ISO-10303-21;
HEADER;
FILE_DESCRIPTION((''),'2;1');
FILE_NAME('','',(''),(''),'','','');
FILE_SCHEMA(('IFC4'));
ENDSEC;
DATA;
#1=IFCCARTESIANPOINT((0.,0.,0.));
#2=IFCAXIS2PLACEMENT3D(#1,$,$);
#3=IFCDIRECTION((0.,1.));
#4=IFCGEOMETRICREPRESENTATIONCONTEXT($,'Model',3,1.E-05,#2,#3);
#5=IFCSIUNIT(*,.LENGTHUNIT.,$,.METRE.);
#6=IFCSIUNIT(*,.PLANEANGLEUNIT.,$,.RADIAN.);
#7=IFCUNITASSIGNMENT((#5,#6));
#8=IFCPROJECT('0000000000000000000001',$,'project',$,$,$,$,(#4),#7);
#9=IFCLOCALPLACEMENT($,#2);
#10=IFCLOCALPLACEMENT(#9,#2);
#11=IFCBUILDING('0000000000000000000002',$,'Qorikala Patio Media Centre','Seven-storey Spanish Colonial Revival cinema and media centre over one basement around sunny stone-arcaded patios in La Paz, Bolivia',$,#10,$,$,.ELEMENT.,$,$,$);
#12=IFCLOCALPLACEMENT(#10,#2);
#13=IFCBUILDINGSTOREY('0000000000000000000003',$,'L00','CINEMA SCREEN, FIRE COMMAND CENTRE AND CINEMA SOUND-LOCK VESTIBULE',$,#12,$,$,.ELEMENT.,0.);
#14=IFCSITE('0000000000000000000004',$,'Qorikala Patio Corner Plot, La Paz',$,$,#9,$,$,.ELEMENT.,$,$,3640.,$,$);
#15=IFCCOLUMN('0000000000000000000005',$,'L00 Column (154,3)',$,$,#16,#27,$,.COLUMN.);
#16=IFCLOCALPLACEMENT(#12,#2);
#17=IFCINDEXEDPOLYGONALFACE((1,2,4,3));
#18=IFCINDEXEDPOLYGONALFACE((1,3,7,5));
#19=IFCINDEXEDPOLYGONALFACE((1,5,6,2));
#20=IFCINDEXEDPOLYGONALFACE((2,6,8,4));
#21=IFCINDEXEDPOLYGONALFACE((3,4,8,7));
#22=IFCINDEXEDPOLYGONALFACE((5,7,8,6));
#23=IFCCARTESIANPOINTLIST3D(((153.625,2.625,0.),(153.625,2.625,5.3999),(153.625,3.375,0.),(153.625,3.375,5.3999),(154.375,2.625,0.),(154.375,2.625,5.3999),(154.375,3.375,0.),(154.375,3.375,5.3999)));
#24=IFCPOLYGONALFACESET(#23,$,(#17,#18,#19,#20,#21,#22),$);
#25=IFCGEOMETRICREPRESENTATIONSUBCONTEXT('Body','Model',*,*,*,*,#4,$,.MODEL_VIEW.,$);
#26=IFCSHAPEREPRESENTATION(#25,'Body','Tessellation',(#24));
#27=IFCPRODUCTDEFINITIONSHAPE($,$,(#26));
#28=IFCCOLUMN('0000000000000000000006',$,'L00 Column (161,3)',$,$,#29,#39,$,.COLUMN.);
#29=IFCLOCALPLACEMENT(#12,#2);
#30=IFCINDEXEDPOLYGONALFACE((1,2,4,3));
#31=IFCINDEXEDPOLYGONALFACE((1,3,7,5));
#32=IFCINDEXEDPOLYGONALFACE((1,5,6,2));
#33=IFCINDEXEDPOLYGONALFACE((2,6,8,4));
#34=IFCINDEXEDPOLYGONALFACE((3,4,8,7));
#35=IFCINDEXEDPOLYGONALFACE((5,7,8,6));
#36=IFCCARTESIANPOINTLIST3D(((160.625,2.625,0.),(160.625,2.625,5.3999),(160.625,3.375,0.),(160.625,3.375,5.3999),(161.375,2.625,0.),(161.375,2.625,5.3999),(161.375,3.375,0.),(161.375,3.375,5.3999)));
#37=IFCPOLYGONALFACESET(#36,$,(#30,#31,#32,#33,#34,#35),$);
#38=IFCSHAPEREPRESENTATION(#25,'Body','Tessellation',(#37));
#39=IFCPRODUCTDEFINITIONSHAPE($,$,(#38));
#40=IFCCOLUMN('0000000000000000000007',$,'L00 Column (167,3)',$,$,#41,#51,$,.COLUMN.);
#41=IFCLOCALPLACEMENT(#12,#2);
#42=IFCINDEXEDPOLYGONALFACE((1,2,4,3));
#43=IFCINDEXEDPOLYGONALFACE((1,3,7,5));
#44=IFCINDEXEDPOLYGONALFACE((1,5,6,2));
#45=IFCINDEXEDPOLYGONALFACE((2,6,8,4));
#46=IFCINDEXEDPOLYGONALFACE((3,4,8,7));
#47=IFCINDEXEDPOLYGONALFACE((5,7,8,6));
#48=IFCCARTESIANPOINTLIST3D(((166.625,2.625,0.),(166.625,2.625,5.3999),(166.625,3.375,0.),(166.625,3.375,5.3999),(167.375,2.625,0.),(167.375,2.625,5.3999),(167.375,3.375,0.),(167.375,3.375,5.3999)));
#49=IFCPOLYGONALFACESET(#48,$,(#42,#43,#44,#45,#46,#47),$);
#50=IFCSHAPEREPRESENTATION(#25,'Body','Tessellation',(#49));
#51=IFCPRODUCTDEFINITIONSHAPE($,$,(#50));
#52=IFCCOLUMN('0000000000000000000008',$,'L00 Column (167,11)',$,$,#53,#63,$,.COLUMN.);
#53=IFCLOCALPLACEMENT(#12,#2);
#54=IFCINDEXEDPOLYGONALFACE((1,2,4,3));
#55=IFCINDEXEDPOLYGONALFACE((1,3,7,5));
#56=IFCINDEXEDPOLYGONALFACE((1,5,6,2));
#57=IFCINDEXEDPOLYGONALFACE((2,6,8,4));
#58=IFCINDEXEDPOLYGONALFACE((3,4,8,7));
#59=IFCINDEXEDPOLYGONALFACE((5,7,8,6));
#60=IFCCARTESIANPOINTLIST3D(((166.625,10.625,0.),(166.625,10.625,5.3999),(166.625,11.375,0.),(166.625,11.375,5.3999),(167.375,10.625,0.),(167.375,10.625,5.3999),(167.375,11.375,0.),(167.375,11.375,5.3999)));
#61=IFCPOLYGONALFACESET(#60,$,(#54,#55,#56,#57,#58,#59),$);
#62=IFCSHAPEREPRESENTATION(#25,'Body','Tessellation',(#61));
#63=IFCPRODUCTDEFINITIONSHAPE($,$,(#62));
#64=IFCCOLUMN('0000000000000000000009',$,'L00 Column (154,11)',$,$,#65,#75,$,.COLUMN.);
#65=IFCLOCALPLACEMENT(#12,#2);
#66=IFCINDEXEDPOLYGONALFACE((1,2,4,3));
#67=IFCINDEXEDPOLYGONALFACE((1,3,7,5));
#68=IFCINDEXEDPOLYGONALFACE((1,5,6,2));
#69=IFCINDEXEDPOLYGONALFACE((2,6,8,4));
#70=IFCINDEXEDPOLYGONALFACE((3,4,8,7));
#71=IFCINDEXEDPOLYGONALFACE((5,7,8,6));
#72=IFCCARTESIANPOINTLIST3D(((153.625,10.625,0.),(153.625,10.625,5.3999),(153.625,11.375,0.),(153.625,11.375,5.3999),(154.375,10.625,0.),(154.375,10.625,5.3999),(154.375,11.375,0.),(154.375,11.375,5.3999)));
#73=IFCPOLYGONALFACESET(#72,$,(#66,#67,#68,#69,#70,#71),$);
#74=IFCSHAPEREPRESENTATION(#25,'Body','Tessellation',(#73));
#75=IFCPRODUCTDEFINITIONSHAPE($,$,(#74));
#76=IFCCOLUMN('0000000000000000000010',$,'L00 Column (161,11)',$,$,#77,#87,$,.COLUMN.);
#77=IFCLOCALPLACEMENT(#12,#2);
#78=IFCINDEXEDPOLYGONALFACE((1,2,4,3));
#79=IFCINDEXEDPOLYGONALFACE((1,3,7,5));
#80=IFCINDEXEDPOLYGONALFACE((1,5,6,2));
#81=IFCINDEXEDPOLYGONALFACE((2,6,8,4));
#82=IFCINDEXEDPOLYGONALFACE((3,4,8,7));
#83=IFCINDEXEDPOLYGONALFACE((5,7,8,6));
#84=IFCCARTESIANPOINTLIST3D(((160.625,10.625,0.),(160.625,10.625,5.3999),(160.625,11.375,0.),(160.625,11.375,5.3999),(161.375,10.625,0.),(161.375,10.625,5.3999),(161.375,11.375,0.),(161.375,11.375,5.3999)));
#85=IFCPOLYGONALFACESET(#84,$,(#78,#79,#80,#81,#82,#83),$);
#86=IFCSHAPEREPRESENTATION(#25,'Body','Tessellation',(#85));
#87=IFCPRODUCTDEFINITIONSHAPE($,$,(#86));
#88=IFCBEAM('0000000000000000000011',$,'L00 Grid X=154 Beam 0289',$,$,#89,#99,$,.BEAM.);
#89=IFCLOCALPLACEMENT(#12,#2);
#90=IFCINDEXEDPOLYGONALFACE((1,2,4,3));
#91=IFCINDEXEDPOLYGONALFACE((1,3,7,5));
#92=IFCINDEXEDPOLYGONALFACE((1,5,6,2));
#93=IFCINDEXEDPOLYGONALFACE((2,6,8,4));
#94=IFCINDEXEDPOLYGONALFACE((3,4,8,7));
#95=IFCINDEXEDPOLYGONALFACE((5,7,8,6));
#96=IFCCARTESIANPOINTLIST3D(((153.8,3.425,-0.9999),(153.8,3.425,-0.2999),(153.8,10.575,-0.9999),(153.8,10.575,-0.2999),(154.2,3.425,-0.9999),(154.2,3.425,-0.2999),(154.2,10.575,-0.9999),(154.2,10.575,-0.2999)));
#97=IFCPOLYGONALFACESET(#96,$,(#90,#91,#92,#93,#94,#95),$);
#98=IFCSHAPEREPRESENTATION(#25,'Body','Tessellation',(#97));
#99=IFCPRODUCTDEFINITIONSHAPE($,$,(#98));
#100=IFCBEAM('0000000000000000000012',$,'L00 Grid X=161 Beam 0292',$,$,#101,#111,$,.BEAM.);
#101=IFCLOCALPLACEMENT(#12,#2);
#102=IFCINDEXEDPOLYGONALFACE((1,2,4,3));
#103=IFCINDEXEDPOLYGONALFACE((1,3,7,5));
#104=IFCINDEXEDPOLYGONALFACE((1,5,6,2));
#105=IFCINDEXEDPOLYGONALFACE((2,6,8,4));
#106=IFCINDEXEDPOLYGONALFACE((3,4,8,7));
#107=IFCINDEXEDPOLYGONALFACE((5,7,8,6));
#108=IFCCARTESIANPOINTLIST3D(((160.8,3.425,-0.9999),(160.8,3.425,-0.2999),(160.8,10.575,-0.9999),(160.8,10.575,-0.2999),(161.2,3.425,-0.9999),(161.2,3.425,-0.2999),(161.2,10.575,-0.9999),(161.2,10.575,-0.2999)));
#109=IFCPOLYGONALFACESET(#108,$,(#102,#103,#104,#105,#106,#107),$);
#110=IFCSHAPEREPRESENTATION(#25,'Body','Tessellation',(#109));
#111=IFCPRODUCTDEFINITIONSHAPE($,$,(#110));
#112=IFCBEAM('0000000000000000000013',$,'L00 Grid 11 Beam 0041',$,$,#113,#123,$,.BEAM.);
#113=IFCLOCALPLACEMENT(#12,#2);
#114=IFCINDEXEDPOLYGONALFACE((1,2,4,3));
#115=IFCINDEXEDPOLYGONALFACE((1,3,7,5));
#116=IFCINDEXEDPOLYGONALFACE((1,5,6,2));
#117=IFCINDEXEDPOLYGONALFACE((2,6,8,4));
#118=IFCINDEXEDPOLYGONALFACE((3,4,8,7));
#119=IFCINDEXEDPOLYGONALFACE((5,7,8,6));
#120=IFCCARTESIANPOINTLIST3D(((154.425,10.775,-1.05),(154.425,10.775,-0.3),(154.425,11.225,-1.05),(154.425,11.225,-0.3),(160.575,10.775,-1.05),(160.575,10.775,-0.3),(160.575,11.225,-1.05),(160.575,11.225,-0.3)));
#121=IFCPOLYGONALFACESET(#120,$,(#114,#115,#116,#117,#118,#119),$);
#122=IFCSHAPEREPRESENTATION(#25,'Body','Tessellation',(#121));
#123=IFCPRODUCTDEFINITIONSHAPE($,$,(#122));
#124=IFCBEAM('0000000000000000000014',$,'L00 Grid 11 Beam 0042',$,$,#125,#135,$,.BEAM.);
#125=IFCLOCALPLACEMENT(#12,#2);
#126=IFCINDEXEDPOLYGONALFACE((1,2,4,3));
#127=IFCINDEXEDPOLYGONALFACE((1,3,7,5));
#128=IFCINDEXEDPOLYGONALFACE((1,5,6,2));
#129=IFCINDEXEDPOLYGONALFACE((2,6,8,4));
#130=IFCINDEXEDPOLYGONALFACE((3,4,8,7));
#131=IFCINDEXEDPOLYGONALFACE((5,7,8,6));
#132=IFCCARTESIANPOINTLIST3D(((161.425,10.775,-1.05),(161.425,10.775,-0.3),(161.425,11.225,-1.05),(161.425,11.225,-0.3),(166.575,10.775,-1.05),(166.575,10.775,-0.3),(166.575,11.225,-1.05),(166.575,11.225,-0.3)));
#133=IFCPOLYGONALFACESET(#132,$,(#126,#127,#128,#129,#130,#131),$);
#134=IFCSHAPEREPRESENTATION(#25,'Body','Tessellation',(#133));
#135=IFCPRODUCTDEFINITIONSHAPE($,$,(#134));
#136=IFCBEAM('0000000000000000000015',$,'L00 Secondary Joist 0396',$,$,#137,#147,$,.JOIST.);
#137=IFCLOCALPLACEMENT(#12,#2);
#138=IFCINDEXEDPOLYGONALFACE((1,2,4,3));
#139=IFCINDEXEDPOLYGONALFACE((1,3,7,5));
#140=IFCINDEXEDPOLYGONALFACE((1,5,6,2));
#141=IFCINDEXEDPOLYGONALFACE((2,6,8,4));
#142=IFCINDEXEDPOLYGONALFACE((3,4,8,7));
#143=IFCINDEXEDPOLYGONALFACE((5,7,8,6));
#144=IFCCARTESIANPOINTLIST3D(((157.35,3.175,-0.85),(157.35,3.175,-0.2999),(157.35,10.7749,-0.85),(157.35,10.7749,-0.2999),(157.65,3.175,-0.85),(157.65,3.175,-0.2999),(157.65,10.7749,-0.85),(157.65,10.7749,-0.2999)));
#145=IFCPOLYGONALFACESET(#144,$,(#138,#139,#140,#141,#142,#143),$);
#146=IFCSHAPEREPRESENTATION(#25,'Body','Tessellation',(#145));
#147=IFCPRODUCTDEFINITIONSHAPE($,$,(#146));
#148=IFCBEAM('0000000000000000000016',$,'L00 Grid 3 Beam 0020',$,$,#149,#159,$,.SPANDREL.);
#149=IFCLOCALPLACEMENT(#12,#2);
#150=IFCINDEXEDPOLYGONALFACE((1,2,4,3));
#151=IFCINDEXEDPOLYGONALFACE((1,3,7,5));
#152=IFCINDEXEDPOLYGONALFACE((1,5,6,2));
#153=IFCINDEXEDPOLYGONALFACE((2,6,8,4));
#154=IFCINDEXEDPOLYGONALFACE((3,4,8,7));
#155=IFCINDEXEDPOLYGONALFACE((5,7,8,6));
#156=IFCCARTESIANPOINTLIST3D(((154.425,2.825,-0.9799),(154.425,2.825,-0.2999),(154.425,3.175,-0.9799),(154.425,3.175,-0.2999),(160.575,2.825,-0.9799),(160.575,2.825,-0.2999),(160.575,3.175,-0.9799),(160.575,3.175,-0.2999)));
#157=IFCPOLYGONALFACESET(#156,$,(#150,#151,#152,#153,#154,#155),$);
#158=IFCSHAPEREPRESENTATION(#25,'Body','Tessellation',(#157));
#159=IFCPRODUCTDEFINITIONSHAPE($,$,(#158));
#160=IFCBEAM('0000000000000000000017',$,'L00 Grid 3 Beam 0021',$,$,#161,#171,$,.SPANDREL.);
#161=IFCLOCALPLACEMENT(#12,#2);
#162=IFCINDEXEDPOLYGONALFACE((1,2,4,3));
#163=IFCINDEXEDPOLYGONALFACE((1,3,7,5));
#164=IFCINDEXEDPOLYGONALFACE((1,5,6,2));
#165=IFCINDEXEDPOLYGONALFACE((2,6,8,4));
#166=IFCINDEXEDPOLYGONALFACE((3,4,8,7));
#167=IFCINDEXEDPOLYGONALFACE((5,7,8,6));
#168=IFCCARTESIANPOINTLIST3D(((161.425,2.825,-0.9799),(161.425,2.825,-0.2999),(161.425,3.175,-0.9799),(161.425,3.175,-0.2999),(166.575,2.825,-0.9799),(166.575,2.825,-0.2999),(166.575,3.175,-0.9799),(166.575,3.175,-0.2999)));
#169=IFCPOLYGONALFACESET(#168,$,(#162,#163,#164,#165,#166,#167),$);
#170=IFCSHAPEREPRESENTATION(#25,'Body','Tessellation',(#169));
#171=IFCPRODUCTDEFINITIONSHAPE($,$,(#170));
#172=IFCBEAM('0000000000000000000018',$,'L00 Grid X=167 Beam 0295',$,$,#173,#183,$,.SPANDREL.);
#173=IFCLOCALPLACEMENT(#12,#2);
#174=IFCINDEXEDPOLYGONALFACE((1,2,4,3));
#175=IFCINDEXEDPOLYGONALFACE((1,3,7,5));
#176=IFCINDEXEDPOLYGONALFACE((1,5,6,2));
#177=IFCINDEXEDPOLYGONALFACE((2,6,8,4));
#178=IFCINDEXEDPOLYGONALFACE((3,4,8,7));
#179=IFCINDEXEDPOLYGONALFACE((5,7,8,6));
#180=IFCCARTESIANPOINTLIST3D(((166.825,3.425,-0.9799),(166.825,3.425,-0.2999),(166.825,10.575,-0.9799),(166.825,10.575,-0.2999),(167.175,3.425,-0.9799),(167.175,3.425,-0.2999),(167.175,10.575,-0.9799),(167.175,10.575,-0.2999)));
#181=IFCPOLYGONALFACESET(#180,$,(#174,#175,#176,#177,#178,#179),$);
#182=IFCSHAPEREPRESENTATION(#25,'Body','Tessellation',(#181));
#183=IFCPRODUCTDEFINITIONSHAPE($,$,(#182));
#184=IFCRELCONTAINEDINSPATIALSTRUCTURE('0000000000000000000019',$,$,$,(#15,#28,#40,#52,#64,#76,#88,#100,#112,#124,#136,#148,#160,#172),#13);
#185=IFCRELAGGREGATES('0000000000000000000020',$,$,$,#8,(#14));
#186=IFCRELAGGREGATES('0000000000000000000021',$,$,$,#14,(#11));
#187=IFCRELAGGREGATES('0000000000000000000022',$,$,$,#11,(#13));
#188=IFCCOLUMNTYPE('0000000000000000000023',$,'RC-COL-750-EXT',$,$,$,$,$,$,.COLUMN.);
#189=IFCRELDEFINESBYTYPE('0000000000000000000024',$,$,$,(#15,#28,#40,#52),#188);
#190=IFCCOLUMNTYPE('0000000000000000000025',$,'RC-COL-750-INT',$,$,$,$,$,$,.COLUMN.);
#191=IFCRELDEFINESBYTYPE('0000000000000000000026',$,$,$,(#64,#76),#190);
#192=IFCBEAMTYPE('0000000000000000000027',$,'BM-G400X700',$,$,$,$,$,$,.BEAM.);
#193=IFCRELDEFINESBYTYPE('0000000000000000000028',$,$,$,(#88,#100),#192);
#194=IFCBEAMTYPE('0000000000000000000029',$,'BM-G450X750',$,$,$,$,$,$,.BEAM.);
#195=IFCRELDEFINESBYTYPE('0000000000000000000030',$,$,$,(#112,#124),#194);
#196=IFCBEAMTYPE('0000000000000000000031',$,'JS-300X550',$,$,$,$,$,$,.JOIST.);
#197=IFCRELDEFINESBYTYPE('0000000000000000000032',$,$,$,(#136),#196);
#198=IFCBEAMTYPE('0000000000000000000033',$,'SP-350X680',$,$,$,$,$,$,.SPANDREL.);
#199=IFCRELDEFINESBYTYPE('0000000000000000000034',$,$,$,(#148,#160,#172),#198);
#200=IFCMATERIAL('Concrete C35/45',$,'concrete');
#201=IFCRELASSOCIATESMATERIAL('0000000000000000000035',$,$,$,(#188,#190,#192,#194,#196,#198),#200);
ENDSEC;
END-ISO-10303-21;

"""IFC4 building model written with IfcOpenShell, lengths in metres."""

from ifc_helpers import new_model, si_unit, direction, frame, origin, origin_2d, place, context, subcontext, project, spatial, rectangle, extrude, material, material_profile, profile_set, type_object, element, save


model = new_model("IFC4")

# Units and contexts
model_context = context("Model", 3, precision=1e-05, world=origin(), true_north=direction((0.0, 1.0)))
body_context = subcontext(model_context, "Body", "Model", "MODEL_VIEW")
ifc_project = project(units=[si_unit("LENGTHUNIT", "METRE"), si_unit("PLANEANGLEUNIT", "RADIAN")], contexts=[model_context])

# Site, building, storey
site_placement = place(None, origin())
site = spatial("IfcSite", under=ifc_project, at=site_placement, Name="Qorikala Patio Corner Plot, La Paz", CompositionType="ELEMENT", RefElevation=3640.0)
building_placement = place(site_placement, origin())
building = spatial("IfcBuilding", under=site, at=building_placement, Name="Qorikala Patio Media Centre", Description="Seven-storey Spanish Colonial Revival cinema and media centre over one basement around sunny stone-arcaded patios in La Paz, Bolivia", CompositionType="ELEMENT")
storey_placement = place(building_placement, origin())
storey = spatial("IfcBuildingStorey", under=building, at=storey_placement, Name="L00", Description="CINEMA SCREEN, FIRE COMMAND CENTRE AND CINEMA SOUND-LOCK VESTIBULE", CompositionType="ELEMENT", Elevation=0.0)

# Columns
ifc_material_1 = material(Name="Concrete C35/45", Category="concrete")
ifc_material_profile_1 = material_profile(ifc_material_1, rectangle(XDim=0.75, YDim=0.75, at=origin_2d()), Name="RC 750x750")
ifc_profile_set_1 = profile_set([ifc_material_profile_1], Name="Concrete C35/45")
column_type_1 = type_object("IfcColumnType", Name="RC-COL-750-EXT", PredefinedType="COLUMN", material=ifc_profile_set_1)
for number, where, z_axis, x_axis, name in (
    (1, (154.0, 3.0, 0.0), (0.0, 0.0, 1.0), (1.0, 0.0, 0.0), "L00 Column (154,3)"),
    (2, (161.0, 3.0, 0.0), (0.0, 0.0, 1.0), (1.0, 0.0, 0.0), "L00 Column (161,3)"),
    (3, (167.0, 3.0, 0.0), (0.0, 0.0, 1.0), (1.0, 0.0, 0.0), "L00 Column (167,3)"),
    (4, (167.0, 11.0, 0.0), (0.0, 0.0, 1.0), (1.0, 0.0, 0.0), "L00 Column (167,11)"),
):
    element("IfcColumn", number, at=place(storey_placement, frame(where, z_axis=z_axis, x_axis=x_axis)), inside=storey, type_object=column_type_1, Name=name, PredefinedType="COLUMN", context=body_context, shape_type="SweptSolid", body=[
        extrude(rectangle(XDim=0.75, YDim=0.75, at=origin_2d()), origin(), (0.0, 0.0, 1.0), 5.3999),
    ])
ifc_material_profile_2 = material_profile(ifc_material_1, rectangle(XDim=0.75, YDim=0.75, at=origin_2d()), Name="RC 750x750")
ifc_profile_set_2 = profile_set([ifc_material_profile_2], Name="Concrete C35/45")
column_type_2 = type_object("IfcColumnType", Name="RC-COL-750-INT", PredefinedType="COLUMN", material=ifc_profile_set_2)
for number, where, z_axis, x_axis, name in (
    (5, (154.0, 11.0, 0.0), (0.0, 0.0, 1.0), (1.0, 0.0, 0.0), "L00 Column (154,11)"),
    (6, (161.0, 11.0, 0.0), (0.0, 0.0, 1.0), (1.0, 0.0, 0.0), "L00 Column (161,11)"),
):
    element("IfcColumn", number, at=place(storey_placement, frame(where, z_axis=z_axis, x_axis=x_axis)), inside=storey, type_object=column_type_2, Name=name, PredefinedType="COLUMN", context=body_context, shape_type="SweptSolid", body=[
        extrude(rectangle(XDim=0.75, YDim=0.75, at=origin_2d()), origin(), (0.0, 0.0, 1.0), 5.3999),
    ])

# Beams
ifc_material_profile_3 = material_profile(ifc_material_1, rectangle(XDim=0.3999, YDim=0.7, at=origin_2d()), Name="RC 400x700")
ifc_profile_set_3 = profile_set([ifc_material_profile_3], Name="Concrete C35/45")
beam_type_1 = type_object("IfcBeamType", Name="BM-G400X700", PredefinedType="BEAM", material=ifc_profile_set_3)
for number, where, z_axis, x_axis, name in (
    (7, (154.0, 3.425, -0.6499), (0.0, 1.0, 0.0), (-1.0, 0.0, 0.0), "L00 Grid X=154 Beam 0289"),
    (8, (161.0, 3.425, -0.6499), (0.0, 1.0, 0.0), (-1.0, 0.0, 0.0), "L00 Grid X=161 Beam 0292"),
):
    element("IfcBeam", number, at=place(storey_placement, frame(where, z_axis=z_axis, x_axis=x_axis)), inside=storey, type_object=beam_type_1, Name=name, PredefinedType="BEAM", context=body_context, shape_type="SweptSolid", body=[
        extrude(rectangle(XDim=0.3999, YDim=0.7, at=origin_2d()), origin(), (0.0, 0.0, 1.0), 7.1499),
    ])
ifc_material_profile_4 = material_profile(ifc_material_1, rectangle(XDim=0.45, YDim=0.75, at=origin_2d()), Name="RC 450x750")
ifc_profile_set_4 = profile_set([ifc_material_profile_4], Name="Concrete C35/45")
beam_type_2 = type_object("IfcBeamType", Name="BM-G450X750", PredefinedType="BEAM", material=ifc_profile_set_4)
beam_1_placement = place(storey_placement, frame((154.425, 11.0, -0.675), z_axis=(1.0, 0.0, 0.0), x_axis=(0.0, 1.0, 0.0)))
element("IfcBeam", 9, at=beam_1_placement, inside=storey, type_object=beam_type_2, Name="L00 Grid 11 Beam 0041", PredefinedType="BEAM", context=body_context, shape_type="SweptSolid", body=[
    extrude(rectangle(XDim=0.45, YDim=0.75, at=origin_2d()), origin(), (0.0, 0.0, 1.0), 6.1499),
])
beam_2_placement = place(storey_placement, frame((161.425, 11.0, -0.675), z_axis=(1.0, 0.0, 0.0), x_axis=(0.0, 1.0, 0.0)))
element("IfcBeam", 10, at=beam_2_placement, inside=storey, type_object=beam_type_2, Name="L00 Grid 11 Beam 0042", PredefinedType="BEAM", context=body_context, shape_type="SweptSolid", body=[
    extrude(rectangle(XDim=0.45, YDim=0.75, at=origin_2d()), origin(), (0.0, 0.0, 1.0), 5.1499),
])
ifc_material_profile_5 = material_profile(ifc_material_1, rectangle(XDim=0.3, YDim=0.55, at=origin_2d()), Name="RC 300x550")
ifc_profile_set_5 = profile_set([ifc_material_profile_5], Name="Concrete C35/45")
beam_type_3 = type_object("IfcBeamType", Name="JS-300X550", PredefinedType="JOIST", material=ifc_profile_set_5)
beam_3_placement = place(storey_placement, frame((157.5, 3.175, -0.575), z_axis=(0.0, 1.0, 0.0), x_axis=(-1.0, 0.0, 0.0)))
element("IfcBeam", 11, at=beam_3_placement, inside=storey, type_object=beam_type_3, Name="L00 Secondary Joist 0396", PredefinedType="JOIST", context=body_context, shape_type="SweptSolid", body=[
    extrude(rectangle(XDim=0.3, YDim=0.55, at=origin_2d()), origin(), (0.0, 0.0, 1.0), 7.5999),
])
ifc_material_profile_6 = material_profile(ifc_material_1, rectangle(XDim=0.3501, YDim=0.6799, at=origin_2d()), Name="RC 350x680")
ifc_profile_set_6 = profile_set([ifc_material_profile_6], Name="Concrete C35/45")
beam_type_4 = type_object("IfcBeamType", Name="SP-350X680", PredefinedType="SPANDREL", material=ifc_profile_set_6)
beam_4_placement = place(storey_placement, frame((154.425, 3.0, -0.6399), z_axis=(1.0, 0.0, 0.0), x_axis=(0.0, 1.0, 0.0)))
element("IfcBeam", 12, at=beam_4_placement, inside=storey, type_object=beam_type_4, Name="L00 Grid 3 Beam 0020", PredefinedType="SPANDREL", context=body_context, shape_type="SweptSolid", body=[
    extrude(rectangle(XDim=0.3501, YDim=0.6799, at=origin_2d()), origin(), (0.0, 0.0, 1.0), 6.1499),
])
beam_5_placement = place(storey_placement, frame((161.425, 3.0, -0.6399), z_axis=(1.0, 0.0, 0.0), x_axis=(0.0, 1.0, 0.0)))
element("IfcBeam", 13, at=beam_5_placement, inside=storey, type_object=beam_type_4, Name="L00 Grid 3 Beam 0021", PredefinedType="SPANDREL", context=body_context, shape_type="SweptSolid", body=[
    extrude(rectangle(XDim=0.3501, YDim=0.6799, at=origin_2d()), origin(), (0.0, 0.0, 1.0), 5.1499),
])
beam_6_placement = place(storey_placement, frame((167.0, 3.425, -0.6399), z_axis=(0.0, 1.0, 0.0), x_axis=(-1.0, 0.0, 0.0)))
element("IfcBeam", 14, at=beam_6_placement, inside=storey, type_object=beam_type_4, Name="L00 Grid X=167 Beam 0295", PredefinedType="SPANDREL", context=body_context, shape_type="SweptSolid", body=[
    extrude(rectangle(XDim=0.3501, YDim=0.6799, at=origin_2d()), origin(), (0.0, 0.0, 1.0), 7.1499),
])

save(model, "model.ifc")
